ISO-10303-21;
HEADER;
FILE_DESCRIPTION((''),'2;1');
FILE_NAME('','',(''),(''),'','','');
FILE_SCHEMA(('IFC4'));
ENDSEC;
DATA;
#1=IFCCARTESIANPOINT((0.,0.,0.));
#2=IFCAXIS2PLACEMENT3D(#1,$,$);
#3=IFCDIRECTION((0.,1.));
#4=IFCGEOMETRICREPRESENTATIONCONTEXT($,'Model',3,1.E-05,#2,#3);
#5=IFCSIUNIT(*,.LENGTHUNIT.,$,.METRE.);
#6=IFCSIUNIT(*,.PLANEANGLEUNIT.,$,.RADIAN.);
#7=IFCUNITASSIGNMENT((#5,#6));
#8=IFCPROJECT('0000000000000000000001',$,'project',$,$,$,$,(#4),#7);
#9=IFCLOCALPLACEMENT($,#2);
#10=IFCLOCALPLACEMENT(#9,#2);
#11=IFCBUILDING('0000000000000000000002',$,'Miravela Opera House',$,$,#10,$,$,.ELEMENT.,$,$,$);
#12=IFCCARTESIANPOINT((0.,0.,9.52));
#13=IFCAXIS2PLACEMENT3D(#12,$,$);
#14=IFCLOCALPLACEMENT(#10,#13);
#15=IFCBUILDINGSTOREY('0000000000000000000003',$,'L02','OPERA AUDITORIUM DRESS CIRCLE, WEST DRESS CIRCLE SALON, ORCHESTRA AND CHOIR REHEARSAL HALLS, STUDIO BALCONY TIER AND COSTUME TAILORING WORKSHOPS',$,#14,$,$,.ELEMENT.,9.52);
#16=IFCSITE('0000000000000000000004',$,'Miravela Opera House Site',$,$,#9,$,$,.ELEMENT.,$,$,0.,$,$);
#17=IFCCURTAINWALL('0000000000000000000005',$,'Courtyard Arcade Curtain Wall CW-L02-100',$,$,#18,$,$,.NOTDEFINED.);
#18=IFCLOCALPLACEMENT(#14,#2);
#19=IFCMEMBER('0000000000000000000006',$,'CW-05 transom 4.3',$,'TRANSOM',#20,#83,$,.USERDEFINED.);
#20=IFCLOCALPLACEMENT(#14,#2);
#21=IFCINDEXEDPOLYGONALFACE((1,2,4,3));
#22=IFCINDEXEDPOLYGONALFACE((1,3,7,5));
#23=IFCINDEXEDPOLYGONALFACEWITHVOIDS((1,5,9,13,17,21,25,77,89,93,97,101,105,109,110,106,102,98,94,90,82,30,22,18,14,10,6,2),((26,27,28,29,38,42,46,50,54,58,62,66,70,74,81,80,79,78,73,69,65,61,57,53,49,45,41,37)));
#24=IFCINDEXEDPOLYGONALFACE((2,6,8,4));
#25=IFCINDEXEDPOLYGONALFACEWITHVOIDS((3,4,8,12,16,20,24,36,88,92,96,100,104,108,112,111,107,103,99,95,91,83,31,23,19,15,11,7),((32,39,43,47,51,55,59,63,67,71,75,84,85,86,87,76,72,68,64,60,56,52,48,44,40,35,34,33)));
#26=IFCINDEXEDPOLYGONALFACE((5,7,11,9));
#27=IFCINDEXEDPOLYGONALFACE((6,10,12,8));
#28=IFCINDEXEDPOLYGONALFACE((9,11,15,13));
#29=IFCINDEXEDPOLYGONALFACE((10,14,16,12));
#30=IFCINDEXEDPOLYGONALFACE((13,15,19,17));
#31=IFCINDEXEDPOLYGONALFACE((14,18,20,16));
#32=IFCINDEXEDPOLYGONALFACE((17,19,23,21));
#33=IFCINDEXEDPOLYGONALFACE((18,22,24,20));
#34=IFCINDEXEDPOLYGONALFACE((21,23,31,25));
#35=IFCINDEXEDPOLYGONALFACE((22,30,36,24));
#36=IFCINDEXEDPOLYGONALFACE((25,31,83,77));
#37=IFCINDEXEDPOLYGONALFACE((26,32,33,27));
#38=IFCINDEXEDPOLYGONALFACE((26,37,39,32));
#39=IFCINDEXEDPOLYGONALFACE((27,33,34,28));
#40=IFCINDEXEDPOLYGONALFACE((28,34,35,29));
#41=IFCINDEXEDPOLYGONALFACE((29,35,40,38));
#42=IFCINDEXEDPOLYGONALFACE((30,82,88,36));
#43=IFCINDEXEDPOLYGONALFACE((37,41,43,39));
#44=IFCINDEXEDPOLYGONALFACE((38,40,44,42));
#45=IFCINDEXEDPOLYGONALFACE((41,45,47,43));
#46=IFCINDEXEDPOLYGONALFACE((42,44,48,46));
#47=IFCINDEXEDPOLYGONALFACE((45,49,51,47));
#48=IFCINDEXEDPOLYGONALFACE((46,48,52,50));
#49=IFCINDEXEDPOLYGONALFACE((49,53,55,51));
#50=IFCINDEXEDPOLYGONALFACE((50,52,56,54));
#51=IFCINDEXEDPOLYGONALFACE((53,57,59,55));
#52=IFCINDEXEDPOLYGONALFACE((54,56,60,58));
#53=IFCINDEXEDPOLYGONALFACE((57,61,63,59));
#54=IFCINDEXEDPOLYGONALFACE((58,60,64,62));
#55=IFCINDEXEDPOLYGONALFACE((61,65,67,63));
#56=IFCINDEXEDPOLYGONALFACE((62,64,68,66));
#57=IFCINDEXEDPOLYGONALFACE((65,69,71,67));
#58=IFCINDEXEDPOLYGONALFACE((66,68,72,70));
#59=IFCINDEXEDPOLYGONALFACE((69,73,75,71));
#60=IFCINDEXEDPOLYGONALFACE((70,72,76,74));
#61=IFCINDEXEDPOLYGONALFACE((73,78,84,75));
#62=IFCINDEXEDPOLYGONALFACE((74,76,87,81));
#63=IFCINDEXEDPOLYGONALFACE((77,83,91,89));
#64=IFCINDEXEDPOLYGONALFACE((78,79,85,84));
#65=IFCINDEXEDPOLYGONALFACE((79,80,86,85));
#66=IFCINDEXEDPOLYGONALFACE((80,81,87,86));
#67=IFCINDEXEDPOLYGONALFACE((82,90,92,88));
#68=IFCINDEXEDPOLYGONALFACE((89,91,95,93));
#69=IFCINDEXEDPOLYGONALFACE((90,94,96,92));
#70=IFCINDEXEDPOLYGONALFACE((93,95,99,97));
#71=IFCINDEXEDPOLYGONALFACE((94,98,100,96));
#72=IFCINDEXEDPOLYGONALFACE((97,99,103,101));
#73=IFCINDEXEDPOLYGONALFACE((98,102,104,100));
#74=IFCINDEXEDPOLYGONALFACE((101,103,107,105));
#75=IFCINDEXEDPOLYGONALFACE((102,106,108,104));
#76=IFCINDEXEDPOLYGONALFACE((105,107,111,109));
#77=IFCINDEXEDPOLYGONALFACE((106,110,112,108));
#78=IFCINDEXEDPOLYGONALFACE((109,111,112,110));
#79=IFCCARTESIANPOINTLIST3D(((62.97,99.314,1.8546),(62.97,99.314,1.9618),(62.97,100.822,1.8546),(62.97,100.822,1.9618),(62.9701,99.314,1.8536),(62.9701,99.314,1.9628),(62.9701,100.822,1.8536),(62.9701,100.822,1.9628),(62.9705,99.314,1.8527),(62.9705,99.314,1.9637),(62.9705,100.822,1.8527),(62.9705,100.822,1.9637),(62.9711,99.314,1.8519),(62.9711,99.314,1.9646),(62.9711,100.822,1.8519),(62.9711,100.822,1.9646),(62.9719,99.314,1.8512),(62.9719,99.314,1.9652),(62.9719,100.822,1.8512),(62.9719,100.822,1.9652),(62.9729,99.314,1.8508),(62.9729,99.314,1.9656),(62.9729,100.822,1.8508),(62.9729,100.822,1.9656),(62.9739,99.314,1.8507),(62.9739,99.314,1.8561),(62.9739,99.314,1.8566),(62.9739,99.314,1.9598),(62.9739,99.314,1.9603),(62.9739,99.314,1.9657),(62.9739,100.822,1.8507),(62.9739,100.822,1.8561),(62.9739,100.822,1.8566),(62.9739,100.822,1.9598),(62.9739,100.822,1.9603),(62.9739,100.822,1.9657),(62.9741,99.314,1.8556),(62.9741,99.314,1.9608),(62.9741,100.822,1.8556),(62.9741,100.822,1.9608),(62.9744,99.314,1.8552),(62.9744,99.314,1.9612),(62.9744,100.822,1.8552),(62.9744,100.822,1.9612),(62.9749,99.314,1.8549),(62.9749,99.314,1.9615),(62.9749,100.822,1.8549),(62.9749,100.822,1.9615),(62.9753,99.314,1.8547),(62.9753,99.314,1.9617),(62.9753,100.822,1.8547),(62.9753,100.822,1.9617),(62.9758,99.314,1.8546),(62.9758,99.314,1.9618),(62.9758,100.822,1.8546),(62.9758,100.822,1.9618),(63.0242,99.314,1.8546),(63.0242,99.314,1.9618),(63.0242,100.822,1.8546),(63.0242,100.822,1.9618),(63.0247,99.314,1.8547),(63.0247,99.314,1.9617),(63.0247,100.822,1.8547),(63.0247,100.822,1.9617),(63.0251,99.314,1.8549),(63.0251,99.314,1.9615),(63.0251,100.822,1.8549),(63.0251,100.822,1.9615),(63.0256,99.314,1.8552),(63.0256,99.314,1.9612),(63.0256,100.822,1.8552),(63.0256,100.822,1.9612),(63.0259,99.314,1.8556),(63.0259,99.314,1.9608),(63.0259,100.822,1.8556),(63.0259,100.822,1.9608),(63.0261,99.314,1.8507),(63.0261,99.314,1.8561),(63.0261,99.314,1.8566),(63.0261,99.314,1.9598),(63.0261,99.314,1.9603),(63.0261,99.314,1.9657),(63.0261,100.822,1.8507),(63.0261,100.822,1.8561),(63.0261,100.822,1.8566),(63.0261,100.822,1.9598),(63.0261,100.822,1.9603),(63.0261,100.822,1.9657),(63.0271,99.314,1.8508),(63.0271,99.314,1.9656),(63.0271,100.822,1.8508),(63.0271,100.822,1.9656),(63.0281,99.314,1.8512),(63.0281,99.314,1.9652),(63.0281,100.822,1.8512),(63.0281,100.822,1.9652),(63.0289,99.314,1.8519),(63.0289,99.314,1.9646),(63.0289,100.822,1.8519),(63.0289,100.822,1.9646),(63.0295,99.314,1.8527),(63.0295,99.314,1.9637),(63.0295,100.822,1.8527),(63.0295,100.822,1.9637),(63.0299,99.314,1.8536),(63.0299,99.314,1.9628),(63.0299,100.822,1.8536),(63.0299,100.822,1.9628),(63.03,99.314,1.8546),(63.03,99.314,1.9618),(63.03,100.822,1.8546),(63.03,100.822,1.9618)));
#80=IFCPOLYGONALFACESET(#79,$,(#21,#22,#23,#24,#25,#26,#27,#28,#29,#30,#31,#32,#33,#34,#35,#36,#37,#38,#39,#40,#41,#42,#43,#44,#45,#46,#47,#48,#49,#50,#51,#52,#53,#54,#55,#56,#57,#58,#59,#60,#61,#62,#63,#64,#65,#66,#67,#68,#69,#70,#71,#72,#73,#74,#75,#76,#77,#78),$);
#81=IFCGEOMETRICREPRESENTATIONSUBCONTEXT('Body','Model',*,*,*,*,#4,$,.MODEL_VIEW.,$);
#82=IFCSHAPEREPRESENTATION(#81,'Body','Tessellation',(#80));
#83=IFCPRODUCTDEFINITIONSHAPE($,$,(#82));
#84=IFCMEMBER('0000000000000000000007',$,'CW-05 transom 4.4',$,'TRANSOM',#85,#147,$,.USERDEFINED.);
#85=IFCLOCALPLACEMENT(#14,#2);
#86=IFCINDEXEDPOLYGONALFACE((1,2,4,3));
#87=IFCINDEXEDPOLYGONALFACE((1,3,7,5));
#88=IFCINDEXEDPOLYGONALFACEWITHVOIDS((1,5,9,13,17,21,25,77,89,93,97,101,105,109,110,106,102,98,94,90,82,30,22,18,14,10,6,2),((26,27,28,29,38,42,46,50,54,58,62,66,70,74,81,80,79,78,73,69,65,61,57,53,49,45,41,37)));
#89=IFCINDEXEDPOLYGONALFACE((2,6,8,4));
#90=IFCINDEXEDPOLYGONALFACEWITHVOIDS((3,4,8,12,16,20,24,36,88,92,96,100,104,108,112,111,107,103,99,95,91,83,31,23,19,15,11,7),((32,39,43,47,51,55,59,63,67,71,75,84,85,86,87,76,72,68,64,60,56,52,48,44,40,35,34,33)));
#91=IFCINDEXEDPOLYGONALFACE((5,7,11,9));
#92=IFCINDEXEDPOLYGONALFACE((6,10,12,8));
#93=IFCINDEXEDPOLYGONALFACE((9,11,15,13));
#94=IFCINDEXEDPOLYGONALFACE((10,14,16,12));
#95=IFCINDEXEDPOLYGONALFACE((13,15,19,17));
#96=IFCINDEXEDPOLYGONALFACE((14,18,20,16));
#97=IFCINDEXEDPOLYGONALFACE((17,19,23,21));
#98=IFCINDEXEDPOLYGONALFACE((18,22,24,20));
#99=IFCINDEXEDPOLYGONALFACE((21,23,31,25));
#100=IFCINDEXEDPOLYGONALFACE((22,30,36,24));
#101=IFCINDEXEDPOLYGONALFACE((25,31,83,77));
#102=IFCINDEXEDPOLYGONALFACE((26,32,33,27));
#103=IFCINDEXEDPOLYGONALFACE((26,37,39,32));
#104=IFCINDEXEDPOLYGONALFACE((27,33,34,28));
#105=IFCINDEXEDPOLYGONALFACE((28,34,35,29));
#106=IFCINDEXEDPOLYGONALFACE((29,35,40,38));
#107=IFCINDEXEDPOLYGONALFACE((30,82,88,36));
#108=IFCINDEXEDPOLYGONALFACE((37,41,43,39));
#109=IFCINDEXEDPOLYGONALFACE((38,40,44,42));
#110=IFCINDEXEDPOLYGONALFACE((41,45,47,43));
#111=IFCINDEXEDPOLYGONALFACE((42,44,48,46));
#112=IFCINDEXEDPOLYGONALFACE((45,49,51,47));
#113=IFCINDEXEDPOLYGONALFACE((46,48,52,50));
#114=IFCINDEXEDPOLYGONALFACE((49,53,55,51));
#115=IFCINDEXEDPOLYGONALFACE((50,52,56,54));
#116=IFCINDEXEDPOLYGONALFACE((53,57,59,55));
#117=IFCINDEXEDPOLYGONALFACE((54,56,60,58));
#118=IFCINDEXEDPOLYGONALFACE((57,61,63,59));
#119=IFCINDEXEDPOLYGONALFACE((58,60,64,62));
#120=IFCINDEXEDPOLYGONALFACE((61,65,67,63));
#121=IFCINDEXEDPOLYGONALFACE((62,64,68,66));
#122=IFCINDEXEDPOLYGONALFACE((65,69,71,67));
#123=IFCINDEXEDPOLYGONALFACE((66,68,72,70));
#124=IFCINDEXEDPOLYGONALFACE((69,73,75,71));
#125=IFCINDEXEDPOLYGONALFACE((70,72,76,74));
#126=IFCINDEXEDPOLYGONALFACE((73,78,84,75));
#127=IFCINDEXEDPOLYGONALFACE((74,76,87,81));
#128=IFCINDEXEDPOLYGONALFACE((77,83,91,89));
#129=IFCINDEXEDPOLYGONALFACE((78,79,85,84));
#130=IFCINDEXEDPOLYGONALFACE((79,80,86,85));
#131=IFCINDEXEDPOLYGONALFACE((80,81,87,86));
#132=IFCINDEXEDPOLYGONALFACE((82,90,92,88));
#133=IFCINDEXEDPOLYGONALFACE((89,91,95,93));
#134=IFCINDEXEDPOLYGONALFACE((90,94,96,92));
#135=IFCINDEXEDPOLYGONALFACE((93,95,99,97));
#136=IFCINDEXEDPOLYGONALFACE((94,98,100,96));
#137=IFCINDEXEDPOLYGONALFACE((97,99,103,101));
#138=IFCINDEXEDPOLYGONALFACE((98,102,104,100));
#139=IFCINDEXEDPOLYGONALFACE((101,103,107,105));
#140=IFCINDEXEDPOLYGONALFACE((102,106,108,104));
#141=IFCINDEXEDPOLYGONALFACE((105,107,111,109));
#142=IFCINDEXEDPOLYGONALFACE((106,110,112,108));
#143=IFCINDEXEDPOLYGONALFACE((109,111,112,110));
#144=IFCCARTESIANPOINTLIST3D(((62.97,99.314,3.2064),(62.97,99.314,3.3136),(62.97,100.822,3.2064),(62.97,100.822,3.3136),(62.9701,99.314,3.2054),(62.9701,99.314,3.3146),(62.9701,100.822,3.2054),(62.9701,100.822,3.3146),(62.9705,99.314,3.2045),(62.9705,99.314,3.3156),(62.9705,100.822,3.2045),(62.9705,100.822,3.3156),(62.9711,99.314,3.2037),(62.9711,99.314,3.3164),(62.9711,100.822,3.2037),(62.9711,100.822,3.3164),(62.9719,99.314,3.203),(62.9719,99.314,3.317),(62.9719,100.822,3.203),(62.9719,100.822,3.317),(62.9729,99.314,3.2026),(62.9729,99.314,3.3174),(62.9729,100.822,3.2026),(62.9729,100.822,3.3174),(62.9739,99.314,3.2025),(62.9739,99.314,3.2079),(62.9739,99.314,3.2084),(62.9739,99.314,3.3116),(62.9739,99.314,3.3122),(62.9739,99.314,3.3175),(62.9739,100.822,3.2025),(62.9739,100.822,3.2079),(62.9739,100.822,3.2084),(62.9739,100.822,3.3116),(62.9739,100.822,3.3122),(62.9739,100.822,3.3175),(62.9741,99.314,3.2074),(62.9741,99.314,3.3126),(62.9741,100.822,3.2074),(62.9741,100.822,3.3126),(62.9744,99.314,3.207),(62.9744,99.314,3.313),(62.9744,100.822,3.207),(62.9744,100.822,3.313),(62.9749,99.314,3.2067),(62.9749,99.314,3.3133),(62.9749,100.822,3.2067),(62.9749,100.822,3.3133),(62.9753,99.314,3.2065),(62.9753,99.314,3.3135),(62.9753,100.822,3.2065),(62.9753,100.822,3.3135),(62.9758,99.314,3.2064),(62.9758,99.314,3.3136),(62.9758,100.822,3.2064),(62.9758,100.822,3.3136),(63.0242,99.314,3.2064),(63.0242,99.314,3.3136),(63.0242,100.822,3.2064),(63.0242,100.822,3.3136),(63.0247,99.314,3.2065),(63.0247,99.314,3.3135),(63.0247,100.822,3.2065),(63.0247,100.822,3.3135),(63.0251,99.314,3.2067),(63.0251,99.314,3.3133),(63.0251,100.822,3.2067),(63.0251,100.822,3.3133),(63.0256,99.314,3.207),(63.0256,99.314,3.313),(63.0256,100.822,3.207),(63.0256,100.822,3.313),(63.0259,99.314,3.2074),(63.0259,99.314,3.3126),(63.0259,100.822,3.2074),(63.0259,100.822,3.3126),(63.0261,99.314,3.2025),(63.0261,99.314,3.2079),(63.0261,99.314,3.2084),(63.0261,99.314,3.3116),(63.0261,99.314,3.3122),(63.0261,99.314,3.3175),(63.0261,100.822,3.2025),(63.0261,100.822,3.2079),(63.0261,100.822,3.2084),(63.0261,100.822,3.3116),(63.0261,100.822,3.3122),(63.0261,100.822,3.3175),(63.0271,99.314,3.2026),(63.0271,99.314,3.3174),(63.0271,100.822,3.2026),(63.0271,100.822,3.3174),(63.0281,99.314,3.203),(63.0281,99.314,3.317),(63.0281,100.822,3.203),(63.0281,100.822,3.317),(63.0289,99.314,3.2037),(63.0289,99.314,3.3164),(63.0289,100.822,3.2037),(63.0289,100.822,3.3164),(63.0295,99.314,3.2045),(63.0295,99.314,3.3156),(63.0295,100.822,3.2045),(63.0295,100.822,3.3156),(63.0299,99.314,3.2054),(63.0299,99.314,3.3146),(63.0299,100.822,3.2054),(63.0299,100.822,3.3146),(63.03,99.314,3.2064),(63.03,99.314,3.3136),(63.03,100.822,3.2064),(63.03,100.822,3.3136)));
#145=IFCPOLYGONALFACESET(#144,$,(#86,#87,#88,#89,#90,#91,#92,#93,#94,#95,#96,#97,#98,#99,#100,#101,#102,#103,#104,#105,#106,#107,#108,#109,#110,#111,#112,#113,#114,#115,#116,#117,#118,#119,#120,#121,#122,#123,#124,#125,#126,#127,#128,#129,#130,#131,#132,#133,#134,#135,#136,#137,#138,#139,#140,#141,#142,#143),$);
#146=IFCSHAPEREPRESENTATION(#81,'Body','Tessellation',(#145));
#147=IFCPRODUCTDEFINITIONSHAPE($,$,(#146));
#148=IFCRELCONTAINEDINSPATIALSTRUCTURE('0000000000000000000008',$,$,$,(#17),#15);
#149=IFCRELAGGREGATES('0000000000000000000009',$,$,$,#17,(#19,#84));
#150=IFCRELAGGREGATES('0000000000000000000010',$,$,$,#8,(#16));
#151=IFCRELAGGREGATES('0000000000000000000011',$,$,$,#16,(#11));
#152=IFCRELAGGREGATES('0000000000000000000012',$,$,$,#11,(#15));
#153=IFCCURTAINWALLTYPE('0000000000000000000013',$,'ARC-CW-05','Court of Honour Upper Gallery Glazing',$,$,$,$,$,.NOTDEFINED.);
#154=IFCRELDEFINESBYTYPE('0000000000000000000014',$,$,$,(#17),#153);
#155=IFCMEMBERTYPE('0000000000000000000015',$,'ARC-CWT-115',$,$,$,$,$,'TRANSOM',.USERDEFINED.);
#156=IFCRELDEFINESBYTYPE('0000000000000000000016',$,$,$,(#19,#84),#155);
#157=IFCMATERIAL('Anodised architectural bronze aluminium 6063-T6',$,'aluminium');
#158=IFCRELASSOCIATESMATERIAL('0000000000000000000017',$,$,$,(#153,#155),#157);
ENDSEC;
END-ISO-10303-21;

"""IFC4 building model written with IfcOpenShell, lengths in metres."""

from ifc_helpers import new_model, si_unit, direction, frame, origin, origin_2d, place, context, subcontext, project, spatial, hollow_rectangle, extrude, material, material_profile, profile_set, type_object, element, aggregate, save


model = new_model("IFC4")

# Units and contexts
model_context = context("Model", 3, precision=1e-05, world=origin(), true_north=direction((0.0, 1.0)))
body_context = subcontext(model_context, "Body", "Model", "MODEL_VIEW")
ifc_project = project(units=[si_unit("LENGTHUNIT", "METRE"), si_unit("PLANEANGLEUNIT", "RADIAN")], contexts=[model_context])

# Site, building, storey
site_placement = place(None, origin())
site = spatial("IfcSite", under=ifc_project, at=site_placement, Name="Miravela Opera House Site", CompositionType="ELEMENT", RefElevation=0.0)
building_placement = place(site_placement, origin())
building = spatial("IfcBuilding", under=site, at=building_placement, Name="Miravela Opera House", CompositionType="ELEMENT")
storey_placement = place(building_placement, frame((0.0, 0.0, 9.52)))
storey = spatial("IfcBuildingStorey", under=building, at=storey_placement, Name="L02", Description="OPERA AUDITORIUM DRESS CIRCLE, WEST DRESS CIRCLE SALON, ORCHESTRA AND CHOIR REHEARSAL HALLS, STUDIO BALCONY TIER AND COSTUME TAILORING WORKSHOPS", CompositionType="ELEMENT", Elevation=9.52)

# Curtain wall, members
ifc_material_1 = material(Name="Anodised architectural bronze aluminium 6063-T6", Category="aluminium")
curtain_wall_type = type_object("IfcCurtainWallType", Name="ARC-CW-05", Description="Court of Honour Upper Gallery Glazing", PredefinedType="NOTDEFINED", material=ifc_material_1)
curtain_wall_placement = place(storey_placement, origin())
curtain_wall = element("IfcCurtainWall", 1, at=curtain_wall_placement, inside=storey, type_object=curtain_wall_type, Name="Courtyard Arcade Curtain Wall CW-L02-100", PredefinedType="NOTDEFINED")
ifc_material_profile_1 = material_profile(ifc_material_1, hollow_rectangle(XDim=0.0601, YDim=0.115, WallThickness=0.0039, InnerFilletRadius=0.002, OuterFilletRadius=0.0039, at=origin_2d()), Name="CWT-60X115")
ifc_profile_set_1 = profile_set([ifc_material_profile_1])
member_type_1 = type_object("IfcMemberType", Name="ARC-CWT-115", ElementType="TRANSOM", PredefinedType="USERDEFINED", material=ifc_profile_set_1)
member_1_placement = place(storey_placement, frame((63.0, 99.314, 1.9082), z_axis=(0.0, 1.0, 0.0), x_axis=(-1.0, 0.0, 0.0)))
member_1 = element("IfcMember", 2, at=member_1_placement, type_object=member_type_1, Name="CW-05 transom 4.3", ObjectType="TRANSOM", PredefinedType="USERDEFINED", context=body_context, shape_type="SweptSolid", body=[
    extrude(hollow_rectangle(XDim=0.0601, YDim=0.115, WallThickness=0.0039, InnerFilletRadius=0.002, OuterFilletRadius=0.0039, at=origin_2d()), origin(), (0.0, 0.0, 1.0), 1.5081),
])
member_2_placement = place(storey_placement, frame((63.0, 99.314, 3.26), z_axis=(0.0, 1.0, 0.0), x_axis=(-1.0, 0.0, 0.0)))
member_2 = element("IfcMember", 3, at=member_2_placement, type_object=member_type_1, Name="CW-05 transom 4.4", ObjectType="TRANSOM", PredefinedType="USERDEFINED", context=body_context, shape_type="SweptSolid", body=[
    extrude(hollow_rectangle(XDim=0.0601, YDim=0.115, WallThickness=0.0039, InnerFilletRadius=0.002, OuterFilletRadius=0.0039, at=origin_2d()), origin(), (0.0, 0.0, 1.0), 1.5081),
])

aggregate(curtain_wall, [member_1, member_2])

save(model, "model.ifc")
